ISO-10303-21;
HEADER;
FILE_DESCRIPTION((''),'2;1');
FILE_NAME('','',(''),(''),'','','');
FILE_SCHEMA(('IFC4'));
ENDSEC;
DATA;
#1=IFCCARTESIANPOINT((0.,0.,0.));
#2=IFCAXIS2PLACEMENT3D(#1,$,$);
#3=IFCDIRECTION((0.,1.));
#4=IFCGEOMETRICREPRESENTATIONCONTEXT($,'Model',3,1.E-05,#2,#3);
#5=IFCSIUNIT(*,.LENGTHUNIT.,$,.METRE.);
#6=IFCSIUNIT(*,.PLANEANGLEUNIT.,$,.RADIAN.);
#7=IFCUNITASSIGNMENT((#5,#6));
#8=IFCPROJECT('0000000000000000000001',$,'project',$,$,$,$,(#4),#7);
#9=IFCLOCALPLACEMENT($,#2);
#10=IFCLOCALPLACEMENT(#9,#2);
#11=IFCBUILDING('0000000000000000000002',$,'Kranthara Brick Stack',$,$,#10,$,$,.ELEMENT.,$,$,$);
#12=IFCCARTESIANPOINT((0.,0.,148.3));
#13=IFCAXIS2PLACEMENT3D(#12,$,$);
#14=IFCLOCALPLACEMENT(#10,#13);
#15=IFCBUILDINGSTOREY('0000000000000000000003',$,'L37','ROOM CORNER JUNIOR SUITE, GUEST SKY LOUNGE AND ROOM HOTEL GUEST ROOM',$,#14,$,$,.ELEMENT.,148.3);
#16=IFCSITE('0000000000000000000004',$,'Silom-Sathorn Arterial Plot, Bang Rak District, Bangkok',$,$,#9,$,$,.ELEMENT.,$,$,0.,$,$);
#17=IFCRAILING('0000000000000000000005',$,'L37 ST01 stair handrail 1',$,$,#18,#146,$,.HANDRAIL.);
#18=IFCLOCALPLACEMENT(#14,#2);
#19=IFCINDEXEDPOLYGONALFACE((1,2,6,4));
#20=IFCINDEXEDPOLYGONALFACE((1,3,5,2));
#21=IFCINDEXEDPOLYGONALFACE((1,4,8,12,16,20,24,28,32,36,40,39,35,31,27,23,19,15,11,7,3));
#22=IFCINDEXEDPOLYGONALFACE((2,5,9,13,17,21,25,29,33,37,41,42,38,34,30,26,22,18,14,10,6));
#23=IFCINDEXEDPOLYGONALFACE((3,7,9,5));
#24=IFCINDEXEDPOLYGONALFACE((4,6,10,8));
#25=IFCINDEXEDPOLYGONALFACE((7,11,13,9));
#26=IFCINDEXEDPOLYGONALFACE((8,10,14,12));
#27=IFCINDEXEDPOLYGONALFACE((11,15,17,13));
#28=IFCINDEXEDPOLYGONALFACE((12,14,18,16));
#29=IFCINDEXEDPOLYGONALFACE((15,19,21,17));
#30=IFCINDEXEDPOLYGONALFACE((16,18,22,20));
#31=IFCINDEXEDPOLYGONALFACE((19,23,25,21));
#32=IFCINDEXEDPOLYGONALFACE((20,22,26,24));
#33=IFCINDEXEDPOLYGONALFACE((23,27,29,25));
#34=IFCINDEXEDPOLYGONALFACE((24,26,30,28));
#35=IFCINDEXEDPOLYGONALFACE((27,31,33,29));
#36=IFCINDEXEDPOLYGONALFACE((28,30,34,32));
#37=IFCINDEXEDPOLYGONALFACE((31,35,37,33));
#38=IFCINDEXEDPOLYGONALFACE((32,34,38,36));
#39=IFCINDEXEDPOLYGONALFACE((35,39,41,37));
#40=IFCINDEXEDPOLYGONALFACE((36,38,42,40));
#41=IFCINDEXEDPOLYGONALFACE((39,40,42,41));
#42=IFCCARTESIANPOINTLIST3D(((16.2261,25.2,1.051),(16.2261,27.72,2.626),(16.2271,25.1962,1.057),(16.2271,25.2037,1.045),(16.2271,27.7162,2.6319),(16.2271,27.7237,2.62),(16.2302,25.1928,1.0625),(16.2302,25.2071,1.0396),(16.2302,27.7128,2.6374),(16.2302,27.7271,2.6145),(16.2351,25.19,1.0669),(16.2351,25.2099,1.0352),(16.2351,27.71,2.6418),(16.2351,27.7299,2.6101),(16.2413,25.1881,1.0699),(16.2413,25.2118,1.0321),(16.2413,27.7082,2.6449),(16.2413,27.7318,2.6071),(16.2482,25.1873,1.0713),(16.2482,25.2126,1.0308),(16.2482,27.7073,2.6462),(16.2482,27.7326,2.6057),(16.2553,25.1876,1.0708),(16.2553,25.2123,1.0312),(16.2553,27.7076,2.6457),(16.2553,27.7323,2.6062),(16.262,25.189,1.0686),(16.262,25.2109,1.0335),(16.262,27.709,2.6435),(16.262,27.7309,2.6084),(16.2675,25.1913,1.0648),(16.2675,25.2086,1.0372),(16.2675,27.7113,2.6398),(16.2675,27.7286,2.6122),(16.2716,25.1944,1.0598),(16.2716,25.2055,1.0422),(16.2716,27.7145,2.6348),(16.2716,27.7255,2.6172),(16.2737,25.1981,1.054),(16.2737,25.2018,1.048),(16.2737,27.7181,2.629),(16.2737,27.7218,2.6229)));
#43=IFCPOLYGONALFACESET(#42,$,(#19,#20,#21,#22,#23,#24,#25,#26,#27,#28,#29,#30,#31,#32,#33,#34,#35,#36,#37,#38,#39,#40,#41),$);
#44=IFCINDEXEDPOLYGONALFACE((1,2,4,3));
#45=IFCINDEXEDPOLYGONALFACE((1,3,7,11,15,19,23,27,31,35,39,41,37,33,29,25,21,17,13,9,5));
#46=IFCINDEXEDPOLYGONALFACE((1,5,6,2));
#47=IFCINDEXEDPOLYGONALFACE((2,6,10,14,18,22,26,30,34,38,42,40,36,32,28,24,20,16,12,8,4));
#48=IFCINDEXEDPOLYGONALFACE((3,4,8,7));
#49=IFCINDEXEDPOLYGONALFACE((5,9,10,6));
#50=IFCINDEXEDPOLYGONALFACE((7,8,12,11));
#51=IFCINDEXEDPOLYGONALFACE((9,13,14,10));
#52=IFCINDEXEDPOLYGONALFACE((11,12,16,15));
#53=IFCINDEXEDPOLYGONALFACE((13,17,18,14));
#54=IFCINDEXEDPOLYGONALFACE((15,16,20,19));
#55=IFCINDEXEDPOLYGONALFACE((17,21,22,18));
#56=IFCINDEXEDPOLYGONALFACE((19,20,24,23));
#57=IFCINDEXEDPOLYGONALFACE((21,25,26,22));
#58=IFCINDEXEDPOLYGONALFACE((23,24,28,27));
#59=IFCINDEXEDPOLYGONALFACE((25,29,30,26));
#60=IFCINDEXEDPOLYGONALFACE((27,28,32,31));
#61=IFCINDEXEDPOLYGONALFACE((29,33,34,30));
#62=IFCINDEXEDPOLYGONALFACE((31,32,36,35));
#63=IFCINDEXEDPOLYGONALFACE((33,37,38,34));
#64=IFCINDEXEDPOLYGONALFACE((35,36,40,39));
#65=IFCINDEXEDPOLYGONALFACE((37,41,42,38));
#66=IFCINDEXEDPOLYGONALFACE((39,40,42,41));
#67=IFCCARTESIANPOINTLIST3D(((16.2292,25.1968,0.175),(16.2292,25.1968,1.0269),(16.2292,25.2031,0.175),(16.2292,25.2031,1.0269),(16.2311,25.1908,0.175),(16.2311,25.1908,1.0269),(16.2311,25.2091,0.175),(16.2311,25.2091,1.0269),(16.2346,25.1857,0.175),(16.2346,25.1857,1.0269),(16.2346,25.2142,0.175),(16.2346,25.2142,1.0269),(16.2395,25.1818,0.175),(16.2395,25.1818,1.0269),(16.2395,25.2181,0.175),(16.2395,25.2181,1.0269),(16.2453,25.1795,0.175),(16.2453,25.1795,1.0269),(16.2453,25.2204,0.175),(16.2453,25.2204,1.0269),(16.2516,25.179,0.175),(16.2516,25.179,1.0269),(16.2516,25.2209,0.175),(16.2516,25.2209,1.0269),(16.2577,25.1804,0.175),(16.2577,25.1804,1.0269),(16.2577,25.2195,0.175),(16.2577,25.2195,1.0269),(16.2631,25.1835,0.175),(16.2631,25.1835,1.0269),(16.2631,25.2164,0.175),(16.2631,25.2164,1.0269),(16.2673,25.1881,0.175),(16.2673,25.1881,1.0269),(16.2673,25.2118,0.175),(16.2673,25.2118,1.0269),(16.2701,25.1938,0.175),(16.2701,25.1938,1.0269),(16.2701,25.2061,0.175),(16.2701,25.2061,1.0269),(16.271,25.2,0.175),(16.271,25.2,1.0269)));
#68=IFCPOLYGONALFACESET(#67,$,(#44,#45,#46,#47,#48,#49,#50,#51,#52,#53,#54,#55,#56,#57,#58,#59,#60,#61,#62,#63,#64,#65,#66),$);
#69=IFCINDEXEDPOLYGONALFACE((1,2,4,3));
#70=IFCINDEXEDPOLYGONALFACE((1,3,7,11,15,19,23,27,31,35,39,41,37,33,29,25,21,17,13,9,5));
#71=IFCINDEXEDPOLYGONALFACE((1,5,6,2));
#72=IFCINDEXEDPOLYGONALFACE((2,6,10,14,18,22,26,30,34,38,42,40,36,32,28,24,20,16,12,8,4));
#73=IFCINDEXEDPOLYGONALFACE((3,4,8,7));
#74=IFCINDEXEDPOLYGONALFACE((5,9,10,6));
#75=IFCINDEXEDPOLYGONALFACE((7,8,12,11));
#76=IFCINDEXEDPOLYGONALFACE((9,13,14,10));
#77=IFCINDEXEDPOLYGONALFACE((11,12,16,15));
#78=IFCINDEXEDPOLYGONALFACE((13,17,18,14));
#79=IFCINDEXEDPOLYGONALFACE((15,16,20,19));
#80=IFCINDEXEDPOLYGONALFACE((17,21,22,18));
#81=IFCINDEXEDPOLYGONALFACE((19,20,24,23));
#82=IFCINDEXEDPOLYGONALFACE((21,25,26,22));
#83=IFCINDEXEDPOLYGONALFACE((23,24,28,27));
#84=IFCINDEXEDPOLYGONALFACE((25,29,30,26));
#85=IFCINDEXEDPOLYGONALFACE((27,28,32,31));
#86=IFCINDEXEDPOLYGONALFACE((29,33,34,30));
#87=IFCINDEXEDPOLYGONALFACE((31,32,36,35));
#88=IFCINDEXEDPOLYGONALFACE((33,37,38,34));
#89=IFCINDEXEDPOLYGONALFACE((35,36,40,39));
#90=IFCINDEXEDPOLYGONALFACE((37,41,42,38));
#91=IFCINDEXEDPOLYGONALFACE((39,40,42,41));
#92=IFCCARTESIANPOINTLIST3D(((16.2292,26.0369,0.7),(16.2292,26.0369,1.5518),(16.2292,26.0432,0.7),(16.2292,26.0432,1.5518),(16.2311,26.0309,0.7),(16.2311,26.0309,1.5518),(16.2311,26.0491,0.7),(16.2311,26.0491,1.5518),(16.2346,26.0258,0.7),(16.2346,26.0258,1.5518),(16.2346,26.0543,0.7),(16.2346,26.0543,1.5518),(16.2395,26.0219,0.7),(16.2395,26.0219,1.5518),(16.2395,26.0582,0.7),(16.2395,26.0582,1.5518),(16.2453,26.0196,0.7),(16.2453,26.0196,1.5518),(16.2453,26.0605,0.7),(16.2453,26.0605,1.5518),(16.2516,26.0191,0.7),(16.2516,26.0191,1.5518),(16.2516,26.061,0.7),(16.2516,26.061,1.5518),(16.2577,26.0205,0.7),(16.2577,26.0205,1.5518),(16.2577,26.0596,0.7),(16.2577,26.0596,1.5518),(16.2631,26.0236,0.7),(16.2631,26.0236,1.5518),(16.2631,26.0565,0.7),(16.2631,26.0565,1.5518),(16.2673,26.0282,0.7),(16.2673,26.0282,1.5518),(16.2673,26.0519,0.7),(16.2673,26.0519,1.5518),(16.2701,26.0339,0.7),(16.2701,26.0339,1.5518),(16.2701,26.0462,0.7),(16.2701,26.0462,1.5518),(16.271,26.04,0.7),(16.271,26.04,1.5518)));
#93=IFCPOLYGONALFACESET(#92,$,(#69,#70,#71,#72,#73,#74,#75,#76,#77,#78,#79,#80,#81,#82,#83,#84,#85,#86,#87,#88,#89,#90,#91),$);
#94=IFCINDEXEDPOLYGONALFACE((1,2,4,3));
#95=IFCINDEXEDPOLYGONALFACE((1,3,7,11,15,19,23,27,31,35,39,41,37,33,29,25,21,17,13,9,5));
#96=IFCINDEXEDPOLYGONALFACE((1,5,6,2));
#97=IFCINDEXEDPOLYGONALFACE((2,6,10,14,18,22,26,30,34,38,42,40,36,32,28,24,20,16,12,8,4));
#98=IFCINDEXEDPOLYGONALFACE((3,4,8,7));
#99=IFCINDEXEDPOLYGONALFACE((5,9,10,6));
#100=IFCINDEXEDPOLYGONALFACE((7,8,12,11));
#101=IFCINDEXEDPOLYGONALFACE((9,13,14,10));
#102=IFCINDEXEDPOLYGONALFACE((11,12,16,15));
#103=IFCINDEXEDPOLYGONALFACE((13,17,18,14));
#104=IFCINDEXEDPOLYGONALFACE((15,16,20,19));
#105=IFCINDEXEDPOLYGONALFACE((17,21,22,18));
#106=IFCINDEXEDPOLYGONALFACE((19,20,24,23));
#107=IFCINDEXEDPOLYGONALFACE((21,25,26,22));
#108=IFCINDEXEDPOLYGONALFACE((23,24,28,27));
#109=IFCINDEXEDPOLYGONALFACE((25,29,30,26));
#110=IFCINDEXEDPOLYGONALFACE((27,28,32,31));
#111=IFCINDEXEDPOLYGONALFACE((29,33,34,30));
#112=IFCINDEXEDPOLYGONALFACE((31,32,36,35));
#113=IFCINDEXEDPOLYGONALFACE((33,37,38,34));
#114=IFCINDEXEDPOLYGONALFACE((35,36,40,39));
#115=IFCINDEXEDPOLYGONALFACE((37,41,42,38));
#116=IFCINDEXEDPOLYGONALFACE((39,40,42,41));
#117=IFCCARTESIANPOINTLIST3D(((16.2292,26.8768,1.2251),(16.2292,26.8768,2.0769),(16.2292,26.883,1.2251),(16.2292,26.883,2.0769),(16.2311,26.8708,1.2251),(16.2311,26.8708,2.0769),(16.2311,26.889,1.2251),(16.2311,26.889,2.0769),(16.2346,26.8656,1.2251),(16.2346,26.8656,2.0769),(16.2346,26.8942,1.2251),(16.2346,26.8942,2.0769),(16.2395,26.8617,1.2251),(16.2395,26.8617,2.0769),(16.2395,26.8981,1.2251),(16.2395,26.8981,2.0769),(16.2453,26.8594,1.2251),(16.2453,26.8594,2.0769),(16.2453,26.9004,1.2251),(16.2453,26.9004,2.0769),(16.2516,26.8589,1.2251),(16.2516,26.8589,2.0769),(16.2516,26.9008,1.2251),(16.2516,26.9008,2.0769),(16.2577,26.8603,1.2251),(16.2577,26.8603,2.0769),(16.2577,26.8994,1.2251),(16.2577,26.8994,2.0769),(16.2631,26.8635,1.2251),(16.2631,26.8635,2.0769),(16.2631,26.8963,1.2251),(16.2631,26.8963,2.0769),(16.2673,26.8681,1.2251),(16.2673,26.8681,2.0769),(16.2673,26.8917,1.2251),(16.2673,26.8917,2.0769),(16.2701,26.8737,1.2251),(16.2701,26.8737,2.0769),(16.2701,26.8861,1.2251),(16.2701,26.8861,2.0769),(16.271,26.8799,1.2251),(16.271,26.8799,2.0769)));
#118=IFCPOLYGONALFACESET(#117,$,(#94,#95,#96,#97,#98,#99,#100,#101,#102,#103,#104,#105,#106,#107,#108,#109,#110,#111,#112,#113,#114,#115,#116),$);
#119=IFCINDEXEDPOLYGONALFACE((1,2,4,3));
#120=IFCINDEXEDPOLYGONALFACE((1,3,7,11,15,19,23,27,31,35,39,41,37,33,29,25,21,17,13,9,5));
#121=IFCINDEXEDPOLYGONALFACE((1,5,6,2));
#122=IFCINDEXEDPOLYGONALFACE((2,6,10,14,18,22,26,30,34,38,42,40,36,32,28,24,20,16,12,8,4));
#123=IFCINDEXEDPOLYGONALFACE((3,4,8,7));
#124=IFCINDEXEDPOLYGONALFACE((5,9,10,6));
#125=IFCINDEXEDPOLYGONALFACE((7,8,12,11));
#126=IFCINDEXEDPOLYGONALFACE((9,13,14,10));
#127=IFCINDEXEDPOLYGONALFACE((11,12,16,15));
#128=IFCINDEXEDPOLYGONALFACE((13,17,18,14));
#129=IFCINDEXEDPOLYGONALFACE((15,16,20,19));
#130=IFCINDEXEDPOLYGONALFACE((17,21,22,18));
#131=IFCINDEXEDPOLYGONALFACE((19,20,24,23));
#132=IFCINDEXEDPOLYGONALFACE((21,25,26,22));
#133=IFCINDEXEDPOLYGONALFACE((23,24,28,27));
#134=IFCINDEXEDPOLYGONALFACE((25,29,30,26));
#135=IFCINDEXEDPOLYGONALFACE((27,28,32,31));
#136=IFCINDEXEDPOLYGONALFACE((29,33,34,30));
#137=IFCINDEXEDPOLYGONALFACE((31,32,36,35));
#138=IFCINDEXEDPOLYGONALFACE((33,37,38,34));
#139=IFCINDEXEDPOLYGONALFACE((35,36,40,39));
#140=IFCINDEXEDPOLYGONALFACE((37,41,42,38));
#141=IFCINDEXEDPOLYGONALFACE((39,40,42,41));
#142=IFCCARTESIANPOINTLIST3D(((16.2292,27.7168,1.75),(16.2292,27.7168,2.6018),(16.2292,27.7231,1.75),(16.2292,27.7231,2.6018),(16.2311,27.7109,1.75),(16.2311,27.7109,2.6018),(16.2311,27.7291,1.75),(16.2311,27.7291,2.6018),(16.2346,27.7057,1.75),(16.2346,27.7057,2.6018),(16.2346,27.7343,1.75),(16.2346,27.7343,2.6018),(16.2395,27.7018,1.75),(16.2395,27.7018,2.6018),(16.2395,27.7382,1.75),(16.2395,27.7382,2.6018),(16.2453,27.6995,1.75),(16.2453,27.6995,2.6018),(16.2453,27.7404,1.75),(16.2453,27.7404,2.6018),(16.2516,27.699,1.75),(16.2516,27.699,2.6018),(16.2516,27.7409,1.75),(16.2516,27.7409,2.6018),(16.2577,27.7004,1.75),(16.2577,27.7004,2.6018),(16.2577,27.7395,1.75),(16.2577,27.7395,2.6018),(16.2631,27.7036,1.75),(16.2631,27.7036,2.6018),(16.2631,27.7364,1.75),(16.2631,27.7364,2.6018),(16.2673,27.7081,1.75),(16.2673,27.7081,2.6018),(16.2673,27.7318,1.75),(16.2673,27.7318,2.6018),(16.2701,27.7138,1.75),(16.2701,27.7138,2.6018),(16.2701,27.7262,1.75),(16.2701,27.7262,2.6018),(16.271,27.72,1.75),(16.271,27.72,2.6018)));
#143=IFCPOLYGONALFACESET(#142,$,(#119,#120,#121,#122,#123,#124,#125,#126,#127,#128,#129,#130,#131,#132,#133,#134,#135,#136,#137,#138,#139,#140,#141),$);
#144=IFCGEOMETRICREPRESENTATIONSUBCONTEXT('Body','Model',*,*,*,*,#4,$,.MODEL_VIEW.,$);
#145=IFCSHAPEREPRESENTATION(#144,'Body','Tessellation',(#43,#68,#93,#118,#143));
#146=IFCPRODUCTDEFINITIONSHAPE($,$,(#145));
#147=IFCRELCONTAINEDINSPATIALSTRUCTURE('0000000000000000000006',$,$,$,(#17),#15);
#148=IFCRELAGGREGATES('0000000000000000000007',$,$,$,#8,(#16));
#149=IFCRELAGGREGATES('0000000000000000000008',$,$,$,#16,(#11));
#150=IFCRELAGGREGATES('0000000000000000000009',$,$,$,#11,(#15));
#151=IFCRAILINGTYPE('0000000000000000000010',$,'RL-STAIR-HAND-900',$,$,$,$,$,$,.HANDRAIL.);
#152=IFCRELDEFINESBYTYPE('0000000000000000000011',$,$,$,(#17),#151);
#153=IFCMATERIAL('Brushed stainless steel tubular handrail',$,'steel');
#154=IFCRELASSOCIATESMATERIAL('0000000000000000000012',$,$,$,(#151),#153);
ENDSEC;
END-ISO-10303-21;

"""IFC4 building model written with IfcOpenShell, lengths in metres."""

from ifc_helpers import new_model, si_unit, direction, frame, origin, origin_2d, place, context, subcontext, project, spatial, circle, extrude, material, type_object, element, save


model = new_model("IFC4")

# Units and contexts
model_context = context("Model", 3, precision=1e-05, world=origin(), true_north=direction((0.0, 1.0)))
body_context = subcontext(model_context, "Body", "Model", "MODEL_VIEW")
ifc_project = project(units=[si_unit("LENGTHUNIT", "METRE"), si_unit("PLANEANGLEUNIT", "RADIAN")], contexts=[model_context])

# Site, building, storey
site_placement = place(None, origin())
site = spatial("IfcSite", under=ifc_project, at=site_placement, Name="Silom-Sathorn Arterial Plot, Bang Rak District, Bangkok", CompositionType="ELEMENT", RefElevation=0.0)
building_placement = place(site_placement, origin())
building = spatial("IfcBuilding", under=site, at=building_placement, Name="Kranthara Brick Stack", CompositionType="ELEMENT")
storey_placement = place(building_placement, frame((0.0, 0.0, 148.3)))
storey = spatial("IfcBuildingStorey", under=building, at=storey_placement, Name="L37", Description="ROOM CORNER JUNIOR SUITE, GUEST SKY LOUNGE AND ROOM HOTEL GUEST ROOM", CompositionType="ELEMENT", Elevation=148.3)

# Railing
ifc_material_1 = material(Name="Brushed stainless steel tubular handrail", Category="steel")
railing_type_1 = type_object("IfcRailingType", Name="RL-STAIR-HAND-900", PredefinedType="HANDRAIL", material=ifc_material_1)
railing_1_placement = place(storey_placement, frame((16.25, 25.2, 0.175)))
element("IfcRailing", 1, at=railing_1_placement, inside=storey, type_object=railing_type_1, Name="L37 ST01 stair handrail 1", PredefinedType="HANDRAIL", context=body_context, shape_type="SweptSolid", body=[
    extrude(circle(Radius=0.0239, at=origin_2d()), frame((0.0, 0.0, 0.876), z_axis=(0.0, 0.848008, 0.529984), x_axis=(-1.0, 0.0, 0.0)), (0.0, 0.0, 1.0), 2.9717),
    extrude(circle(Radius=0.021, at=origin_2d()), origin(), (0.0, 0.0, 1.0), 0.8518),
    extrude(circle(Radius=0.021, at=origin_2d()), frame((0.0, 0.8401, 0.5249)), (0.0, 0.0, 1.0), 0.8518),
    extrude(circle(Radius=0.021, at=origin_2d()), frame((0.0, 1.6799, 1.05)), (0.0, 0.0, 1.0), 0.8518),
    extrude(circle(Radius=0.021, at=origin_2d()), frame((0.0, 2.52, 1.575)), (0.0, 0.0, 1.0), 0.8518),
])

save(model, "model.ifc")
